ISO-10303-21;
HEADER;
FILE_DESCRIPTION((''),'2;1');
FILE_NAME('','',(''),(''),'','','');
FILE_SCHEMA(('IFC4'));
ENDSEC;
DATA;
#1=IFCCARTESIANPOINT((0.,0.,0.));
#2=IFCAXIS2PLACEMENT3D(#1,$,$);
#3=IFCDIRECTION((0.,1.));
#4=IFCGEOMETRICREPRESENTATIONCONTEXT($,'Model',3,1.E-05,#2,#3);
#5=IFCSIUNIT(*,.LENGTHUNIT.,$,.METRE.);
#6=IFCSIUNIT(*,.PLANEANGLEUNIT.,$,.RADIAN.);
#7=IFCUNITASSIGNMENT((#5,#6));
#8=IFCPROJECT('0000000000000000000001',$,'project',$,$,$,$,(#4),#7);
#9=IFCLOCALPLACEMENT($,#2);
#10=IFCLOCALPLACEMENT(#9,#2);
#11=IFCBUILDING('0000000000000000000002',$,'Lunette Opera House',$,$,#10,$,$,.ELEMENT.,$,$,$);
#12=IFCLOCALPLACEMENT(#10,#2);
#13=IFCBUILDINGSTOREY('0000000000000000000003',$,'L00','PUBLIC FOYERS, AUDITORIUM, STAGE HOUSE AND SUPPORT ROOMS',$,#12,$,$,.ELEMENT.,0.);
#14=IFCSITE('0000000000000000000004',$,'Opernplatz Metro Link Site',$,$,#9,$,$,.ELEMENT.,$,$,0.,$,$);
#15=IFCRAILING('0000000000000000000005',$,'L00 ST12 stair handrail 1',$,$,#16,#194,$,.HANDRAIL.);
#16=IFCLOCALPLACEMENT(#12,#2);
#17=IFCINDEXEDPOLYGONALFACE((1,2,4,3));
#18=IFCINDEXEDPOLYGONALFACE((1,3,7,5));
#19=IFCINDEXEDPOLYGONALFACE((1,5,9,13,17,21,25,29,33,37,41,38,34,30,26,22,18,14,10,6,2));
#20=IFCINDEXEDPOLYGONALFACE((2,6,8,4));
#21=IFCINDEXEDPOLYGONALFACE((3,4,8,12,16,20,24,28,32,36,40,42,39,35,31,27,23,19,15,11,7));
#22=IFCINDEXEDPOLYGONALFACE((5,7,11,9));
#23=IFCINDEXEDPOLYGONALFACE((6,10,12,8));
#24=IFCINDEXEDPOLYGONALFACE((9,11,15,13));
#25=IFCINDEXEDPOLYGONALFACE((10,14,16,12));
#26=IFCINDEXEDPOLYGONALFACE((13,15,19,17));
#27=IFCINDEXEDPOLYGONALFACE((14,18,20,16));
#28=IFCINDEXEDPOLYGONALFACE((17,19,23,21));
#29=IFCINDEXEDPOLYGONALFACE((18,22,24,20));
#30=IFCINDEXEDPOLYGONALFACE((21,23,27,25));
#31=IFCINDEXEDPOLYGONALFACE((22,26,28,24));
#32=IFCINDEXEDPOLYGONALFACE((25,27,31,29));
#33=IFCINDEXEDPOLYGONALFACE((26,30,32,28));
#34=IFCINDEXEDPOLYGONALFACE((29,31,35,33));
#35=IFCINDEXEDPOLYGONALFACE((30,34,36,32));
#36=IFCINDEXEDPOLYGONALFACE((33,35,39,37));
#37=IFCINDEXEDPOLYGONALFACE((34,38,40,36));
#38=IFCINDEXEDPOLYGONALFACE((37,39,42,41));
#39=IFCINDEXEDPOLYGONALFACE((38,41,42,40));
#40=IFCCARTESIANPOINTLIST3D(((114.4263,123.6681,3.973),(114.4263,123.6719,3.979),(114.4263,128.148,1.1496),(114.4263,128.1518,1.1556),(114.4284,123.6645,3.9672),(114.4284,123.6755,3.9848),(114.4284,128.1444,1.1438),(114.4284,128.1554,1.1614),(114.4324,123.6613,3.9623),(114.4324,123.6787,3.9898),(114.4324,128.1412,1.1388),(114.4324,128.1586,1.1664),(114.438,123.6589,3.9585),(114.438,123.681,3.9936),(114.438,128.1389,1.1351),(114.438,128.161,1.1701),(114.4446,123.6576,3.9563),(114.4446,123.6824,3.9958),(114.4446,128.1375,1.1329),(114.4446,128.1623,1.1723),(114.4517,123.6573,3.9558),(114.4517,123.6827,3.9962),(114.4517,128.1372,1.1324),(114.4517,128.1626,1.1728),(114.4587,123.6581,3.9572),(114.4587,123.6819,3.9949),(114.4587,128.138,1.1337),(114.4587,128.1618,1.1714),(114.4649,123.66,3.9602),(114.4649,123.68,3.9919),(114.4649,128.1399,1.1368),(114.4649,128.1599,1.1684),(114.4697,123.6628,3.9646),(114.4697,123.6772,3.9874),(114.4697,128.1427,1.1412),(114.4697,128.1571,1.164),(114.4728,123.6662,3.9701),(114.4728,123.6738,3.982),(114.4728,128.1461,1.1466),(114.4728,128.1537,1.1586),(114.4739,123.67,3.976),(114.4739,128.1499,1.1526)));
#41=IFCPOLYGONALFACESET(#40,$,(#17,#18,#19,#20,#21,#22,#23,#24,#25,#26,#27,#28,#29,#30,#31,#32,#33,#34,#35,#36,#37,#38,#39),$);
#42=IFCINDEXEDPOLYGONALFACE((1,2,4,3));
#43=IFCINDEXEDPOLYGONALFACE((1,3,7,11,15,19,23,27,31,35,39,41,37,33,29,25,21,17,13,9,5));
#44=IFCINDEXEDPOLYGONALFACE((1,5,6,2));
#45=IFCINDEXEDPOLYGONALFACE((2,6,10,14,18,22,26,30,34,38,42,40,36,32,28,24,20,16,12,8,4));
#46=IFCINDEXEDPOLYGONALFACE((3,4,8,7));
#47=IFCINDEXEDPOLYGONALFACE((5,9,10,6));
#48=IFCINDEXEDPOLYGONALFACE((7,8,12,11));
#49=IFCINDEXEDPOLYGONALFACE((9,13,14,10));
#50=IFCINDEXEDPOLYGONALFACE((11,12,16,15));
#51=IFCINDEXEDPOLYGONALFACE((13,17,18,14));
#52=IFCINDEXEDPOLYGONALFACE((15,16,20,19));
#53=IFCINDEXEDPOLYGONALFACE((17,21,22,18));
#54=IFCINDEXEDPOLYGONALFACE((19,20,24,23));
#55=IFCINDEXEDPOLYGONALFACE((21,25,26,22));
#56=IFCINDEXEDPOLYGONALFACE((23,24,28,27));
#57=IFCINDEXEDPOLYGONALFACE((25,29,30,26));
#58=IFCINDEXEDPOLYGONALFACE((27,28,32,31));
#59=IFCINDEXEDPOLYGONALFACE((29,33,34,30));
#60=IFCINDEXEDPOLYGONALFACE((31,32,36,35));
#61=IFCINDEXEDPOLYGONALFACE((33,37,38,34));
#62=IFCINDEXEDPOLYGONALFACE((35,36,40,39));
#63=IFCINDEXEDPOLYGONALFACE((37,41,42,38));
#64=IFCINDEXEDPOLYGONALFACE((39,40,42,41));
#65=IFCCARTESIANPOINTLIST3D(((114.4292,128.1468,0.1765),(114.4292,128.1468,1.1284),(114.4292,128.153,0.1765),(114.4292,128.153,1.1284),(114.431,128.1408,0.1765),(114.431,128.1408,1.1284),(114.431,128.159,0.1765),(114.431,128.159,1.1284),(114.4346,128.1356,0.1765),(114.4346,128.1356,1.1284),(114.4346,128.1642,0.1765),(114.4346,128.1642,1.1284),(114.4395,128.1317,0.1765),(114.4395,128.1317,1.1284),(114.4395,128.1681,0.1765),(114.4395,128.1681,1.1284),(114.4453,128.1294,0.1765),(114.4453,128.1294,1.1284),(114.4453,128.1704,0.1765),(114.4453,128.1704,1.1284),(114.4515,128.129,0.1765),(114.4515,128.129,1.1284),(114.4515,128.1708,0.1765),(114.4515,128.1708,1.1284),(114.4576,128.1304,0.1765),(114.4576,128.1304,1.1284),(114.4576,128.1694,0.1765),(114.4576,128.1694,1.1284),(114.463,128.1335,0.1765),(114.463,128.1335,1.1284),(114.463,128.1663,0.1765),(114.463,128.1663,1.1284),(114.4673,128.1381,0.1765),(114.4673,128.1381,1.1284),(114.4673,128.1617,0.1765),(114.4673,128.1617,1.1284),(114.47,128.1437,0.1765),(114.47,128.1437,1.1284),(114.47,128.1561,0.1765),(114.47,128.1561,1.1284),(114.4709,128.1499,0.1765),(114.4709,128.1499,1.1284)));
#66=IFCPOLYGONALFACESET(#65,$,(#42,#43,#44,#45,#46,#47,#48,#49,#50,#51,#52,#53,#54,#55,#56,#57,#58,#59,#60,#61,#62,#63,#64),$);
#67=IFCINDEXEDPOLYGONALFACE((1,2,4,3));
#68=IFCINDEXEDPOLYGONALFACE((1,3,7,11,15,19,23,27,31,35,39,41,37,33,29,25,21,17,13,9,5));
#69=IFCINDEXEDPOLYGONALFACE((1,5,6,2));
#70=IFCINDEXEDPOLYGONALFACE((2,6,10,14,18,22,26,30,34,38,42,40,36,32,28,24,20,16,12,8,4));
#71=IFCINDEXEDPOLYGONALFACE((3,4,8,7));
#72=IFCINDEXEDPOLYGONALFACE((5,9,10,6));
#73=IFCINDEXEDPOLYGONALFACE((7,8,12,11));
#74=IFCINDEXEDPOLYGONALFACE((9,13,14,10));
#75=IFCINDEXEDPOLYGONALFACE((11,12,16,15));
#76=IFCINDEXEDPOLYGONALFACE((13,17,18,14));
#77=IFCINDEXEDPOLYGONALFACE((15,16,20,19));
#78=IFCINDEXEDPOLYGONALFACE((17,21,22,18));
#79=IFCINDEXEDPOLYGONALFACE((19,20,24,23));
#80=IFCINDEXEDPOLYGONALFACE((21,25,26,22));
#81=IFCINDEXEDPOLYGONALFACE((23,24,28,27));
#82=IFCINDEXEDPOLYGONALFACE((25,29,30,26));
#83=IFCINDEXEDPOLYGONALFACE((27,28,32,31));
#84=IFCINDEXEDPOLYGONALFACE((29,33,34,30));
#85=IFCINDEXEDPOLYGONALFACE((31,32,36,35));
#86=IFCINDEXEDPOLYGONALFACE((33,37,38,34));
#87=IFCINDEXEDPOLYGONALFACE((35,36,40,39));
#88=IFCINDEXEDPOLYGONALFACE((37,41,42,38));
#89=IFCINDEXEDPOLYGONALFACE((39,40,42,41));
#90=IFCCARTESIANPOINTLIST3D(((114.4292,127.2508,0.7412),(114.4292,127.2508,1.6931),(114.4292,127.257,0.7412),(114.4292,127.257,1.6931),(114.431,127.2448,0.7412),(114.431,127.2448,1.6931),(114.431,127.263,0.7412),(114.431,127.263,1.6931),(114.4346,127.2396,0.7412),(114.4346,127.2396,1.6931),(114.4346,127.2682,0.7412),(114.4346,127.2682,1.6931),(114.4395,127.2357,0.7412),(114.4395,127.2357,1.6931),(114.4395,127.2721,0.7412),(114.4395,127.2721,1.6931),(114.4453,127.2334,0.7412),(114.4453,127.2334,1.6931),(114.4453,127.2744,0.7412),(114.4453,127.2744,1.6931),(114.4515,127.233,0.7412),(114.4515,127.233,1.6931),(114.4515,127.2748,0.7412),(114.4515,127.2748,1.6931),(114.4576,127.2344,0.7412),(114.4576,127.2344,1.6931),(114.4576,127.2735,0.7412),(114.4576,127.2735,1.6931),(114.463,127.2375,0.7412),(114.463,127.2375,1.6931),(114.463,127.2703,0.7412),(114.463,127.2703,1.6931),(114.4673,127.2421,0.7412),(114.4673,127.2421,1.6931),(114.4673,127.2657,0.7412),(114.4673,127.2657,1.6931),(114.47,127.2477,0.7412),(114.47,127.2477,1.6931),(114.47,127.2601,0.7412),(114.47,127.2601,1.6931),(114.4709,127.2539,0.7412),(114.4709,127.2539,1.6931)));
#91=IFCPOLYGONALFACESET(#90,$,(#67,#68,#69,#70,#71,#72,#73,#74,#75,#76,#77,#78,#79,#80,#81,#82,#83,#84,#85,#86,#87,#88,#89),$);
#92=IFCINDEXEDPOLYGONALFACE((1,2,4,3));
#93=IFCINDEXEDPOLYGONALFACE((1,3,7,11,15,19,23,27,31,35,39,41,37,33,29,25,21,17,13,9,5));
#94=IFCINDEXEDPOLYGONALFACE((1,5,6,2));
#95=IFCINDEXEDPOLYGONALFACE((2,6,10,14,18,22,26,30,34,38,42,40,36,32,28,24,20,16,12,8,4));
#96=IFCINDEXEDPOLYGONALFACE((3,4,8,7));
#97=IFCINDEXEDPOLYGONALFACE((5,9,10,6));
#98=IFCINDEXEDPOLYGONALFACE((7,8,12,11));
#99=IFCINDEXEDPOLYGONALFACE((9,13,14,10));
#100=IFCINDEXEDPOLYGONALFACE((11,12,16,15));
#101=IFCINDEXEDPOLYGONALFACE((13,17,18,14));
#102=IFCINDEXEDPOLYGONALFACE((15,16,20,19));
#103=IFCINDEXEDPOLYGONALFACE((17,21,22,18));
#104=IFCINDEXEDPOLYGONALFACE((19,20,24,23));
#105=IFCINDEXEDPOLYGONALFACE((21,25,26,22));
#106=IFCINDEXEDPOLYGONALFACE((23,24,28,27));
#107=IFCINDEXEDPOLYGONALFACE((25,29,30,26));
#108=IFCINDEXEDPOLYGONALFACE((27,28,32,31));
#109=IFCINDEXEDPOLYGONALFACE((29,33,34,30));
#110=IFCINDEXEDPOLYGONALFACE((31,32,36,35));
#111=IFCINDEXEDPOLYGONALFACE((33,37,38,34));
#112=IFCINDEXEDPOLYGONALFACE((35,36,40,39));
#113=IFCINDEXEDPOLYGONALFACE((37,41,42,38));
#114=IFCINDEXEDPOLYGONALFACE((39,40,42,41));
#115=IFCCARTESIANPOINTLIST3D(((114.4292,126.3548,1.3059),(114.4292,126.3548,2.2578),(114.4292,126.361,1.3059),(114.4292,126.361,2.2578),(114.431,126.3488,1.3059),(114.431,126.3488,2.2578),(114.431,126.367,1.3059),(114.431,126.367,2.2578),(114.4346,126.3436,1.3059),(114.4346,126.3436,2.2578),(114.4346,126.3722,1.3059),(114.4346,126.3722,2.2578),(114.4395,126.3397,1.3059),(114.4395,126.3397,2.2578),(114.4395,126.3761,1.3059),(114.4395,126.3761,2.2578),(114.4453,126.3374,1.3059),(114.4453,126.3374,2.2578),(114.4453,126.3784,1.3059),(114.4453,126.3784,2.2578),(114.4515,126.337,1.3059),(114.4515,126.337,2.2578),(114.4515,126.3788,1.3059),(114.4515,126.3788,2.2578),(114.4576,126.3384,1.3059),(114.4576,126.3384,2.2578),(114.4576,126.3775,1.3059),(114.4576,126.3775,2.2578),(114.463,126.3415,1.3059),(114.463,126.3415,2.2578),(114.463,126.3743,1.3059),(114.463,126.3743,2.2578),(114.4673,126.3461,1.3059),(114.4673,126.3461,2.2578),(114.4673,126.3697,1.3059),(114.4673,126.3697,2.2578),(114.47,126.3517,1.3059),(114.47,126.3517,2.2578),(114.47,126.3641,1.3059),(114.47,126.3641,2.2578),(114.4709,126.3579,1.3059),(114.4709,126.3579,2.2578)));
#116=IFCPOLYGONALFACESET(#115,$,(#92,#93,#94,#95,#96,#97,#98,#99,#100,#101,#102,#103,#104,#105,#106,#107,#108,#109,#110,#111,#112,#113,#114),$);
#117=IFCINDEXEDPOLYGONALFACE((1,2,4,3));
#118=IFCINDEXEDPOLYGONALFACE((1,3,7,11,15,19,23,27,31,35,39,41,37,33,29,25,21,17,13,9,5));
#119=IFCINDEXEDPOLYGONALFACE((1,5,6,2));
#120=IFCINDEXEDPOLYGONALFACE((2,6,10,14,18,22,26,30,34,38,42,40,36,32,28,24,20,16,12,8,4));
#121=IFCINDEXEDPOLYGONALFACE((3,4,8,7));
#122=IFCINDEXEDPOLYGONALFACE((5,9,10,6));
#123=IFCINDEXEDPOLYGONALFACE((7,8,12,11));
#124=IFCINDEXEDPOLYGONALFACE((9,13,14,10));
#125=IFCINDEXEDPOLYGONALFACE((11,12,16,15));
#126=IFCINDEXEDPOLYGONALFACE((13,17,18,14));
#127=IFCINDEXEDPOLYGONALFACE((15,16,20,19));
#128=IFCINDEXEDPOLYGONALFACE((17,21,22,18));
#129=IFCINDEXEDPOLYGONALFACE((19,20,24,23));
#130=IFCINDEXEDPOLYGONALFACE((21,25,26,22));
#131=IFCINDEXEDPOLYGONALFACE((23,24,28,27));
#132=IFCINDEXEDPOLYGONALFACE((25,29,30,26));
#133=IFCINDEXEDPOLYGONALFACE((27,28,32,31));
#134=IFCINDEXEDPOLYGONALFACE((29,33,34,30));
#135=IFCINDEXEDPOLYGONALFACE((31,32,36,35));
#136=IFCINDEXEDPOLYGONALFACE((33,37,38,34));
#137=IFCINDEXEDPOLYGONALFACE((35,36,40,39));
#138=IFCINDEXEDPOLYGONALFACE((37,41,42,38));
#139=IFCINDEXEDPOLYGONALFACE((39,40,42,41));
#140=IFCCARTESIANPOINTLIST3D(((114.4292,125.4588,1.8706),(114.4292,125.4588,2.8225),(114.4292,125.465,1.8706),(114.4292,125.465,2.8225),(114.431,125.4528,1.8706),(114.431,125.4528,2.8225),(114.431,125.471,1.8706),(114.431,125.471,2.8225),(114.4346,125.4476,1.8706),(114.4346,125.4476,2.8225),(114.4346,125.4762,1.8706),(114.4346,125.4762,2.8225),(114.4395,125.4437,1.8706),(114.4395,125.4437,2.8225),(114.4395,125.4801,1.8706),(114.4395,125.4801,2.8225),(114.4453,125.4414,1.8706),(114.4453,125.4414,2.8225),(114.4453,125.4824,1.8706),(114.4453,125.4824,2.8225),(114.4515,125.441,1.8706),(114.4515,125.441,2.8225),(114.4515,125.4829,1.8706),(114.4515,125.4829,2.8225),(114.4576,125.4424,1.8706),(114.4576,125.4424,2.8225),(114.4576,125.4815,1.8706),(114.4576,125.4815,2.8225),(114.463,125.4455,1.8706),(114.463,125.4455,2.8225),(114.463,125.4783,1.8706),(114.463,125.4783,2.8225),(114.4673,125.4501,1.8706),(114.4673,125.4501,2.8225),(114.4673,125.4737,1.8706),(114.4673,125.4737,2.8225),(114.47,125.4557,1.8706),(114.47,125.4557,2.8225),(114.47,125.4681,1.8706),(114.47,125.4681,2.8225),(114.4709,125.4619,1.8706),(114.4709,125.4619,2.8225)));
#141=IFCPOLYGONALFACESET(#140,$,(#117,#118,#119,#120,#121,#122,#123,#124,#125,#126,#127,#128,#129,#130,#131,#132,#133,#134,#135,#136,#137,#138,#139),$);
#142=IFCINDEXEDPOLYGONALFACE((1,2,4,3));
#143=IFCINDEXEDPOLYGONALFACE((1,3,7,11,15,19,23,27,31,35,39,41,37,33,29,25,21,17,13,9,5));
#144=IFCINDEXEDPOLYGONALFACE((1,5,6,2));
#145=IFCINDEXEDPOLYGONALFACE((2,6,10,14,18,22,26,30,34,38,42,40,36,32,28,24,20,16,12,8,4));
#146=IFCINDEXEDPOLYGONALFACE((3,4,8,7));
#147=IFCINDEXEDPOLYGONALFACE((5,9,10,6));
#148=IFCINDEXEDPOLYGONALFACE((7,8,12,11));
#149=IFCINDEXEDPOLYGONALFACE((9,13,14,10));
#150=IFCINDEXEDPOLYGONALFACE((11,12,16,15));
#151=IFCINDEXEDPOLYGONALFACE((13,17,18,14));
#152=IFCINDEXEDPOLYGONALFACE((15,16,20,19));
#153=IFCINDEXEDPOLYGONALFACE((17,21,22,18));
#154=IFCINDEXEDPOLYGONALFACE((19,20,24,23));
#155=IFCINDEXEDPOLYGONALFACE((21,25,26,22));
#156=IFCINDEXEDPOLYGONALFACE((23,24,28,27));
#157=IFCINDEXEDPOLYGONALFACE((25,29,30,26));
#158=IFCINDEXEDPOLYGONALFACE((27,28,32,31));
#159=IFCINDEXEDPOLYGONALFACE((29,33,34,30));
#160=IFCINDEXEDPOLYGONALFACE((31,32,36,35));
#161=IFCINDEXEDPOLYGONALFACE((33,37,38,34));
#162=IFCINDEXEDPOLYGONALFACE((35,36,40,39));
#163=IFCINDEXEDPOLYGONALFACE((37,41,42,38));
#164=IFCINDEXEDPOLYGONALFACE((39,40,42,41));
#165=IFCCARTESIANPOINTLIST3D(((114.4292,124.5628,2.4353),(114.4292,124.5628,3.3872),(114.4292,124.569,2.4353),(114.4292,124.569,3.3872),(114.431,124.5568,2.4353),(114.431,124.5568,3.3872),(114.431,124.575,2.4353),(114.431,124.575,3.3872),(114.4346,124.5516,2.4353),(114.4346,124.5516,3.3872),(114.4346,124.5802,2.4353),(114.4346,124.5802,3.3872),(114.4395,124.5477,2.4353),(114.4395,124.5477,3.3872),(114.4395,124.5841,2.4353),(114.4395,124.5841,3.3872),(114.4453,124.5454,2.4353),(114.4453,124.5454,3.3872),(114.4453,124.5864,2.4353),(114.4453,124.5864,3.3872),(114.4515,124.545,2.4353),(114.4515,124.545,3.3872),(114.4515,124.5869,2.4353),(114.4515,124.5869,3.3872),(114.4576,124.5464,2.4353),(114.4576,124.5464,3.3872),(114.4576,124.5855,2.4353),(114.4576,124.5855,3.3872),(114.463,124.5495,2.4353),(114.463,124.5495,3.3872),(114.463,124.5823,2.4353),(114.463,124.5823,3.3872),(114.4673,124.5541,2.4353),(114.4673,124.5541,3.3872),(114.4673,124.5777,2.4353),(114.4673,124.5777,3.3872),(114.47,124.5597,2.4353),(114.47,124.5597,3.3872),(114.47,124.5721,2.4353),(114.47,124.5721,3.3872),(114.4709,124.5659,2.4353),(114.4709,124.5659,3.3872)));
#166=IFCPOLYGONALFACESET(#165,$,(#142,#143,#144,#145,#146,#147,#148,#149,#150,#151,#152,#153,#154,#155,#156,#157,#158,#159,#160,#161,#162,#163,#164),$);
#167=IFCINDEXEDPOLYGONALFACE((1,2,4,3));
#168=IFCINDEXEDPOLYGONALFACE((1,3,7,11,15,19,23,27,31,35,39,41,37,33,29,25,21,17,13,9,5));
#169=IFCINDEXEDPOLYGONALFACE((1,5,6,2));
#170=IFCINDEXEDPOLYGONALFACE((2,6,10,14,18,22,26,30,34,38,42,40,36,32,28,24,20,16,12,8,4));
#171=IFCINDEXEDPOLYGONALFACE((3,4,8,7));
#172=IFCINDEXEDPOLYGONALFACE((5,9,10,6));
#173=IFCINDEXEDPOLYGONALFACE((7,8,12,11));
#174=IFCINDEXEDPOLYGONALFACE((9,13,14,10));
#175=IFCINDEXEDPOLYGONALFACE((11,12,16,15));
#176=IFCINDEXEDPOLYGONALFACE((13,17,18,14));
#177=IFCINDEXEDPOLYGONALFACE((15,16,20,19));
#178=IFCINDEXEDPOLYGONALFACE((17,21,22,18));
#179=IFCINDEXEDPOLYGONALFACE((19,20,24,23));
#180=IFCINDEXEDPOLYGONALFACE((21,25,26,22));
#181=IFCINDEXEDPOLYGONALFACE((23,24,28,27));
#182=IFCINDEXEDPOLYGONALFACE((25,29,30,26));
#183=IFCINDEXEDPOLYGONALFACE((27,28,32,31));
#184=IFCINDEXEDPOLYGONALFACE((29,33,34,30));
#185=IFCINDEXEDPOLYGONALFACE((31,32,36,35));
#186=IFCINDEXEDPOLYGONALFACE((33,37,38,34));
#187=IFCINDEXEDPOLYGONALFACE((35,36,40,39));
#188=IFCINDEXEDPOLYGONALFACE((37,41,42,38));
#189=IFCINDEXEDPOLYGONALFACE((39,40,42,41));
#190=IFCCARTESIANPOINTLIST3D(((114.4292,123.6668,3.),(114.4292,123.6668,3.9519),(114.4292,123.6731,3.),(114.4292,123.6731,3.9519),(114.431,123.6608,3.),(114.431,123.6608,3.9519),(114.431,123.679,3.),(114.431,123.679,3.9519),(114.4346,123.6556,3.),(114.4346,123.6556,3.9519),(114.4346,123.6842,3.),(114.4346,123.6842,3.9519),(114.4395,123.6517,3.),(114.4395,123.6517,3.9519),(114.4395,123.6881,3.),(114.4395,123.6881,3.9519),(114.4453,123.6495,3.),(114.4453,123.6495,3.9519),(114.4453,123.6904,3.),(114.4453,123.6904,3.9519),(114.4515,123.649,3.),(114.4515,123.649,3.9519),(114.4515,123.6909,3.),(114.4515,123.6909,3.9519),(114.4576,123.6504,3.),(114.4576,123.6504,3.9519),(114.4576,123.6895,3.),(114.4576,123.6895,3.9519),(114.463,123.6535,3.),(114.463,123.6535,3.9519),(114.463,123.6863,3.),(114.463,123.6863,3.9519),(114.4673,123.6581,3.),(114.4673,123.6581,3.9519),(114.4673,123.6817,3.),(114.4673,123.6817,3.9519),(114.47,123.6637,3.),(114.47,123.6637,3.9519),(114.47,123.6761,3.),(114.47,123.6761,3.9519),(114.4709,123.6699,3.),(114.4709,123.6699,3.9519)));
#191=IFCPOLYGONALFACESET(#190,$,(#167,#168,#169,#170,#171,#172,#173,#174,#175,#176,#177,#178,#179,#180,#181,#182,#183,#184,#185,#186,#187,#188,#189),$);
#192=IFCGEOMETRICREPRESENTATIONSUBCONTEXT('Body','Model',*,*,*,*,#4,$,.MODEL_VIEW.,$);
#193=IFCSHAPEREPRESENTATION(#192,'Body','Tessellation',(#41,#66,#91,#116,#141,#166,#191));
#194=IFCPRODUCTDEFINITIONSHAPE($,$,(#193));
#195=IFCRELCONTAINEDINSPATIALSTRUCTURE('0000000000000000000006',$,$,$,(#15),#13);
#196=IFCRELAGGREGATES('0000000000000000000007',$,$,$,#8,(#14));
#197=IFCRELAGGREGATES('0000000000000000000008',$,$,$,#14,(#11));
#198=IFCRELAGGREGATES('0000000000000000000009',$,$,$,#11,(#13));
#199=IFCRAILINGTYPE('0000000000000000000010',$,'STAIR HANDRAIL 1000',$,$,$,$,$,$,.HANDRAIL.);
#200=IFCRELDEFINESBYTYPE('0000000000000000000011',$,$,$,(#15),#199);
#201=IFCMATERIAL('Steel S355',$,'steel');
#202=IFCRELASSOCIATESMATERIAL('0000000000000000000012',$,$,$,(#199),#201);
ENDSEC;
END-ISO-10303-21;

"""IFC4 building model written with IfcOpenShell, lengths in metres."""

from ifc_helpers import new_model, si_unit, direction, frame, origin, origin_2d, place, context, subcontext, project, spatial, circle, extrude, material, type_object, element, save


model = new_model("IFC4")

# Units and contexts
model_context = context("Model", 3, precision=1e-05, world=origin(), true_north=direction((0.0, 1.0)))
body_context = subcontext(model_context, "Body", "Model", "MODEL_VIEW")
ifc_project = project(units=[si_unit("LENGTHUNIT", "METRE"), si_unit("PLANEANGLEUNIT", "RADIAN")], contexts=[model_context])

# Site, building, storey
site_placement = place(None, origin())
site = spatial("IfcSite", under=ifc_project, at=site_placement, Name="Opernplatz Metro Link Site", CompositionType="ELEMENT", RefElevation=0.0)
building_placement = place(site_placement, origin())
building = spatial("IfcBuilding", under=site, at=building_placement, Name="Lunette Opera House", CompositionType="ELEMENT")
storey_placement = place(building_placement, origin())
storey = spatial("IfcBuildingStorey", under=building, at=storey_placement, Name="L00", Description="PUBLIC FOYERS, AUDITORIUM, STAGE HOUSE AND SUPPORT ROOMS", CompositionType="ELEMENT", Elevation=0.0)

# Railing
ifc_material_1 = material(Name="Steel S355", Category="steel")
railing_type_1 = type_object("IfcRailingType", Name="STAIR HANDRAIL 1000", PredefinedType="HANDRAIL", material=ifc_material_1)
railing_1_placement = place(storey_placement, frame((114.45, 128.1499, 0.1765)))
element("IfcRailing", 1, at=railing_1_placement, inside=storey, type_object=railing_type_1, Name="L00 ST12 stair handrail 1", PredefinedType="HANDRAIL", context=body_context, shape_type="SweptSolid", body=[
    extrude(circle(Radius=0.0239, at=origin_2d()), frame((0.0, 0.0, 0.9761), z_axis=(0.0, -0.845998, 0.533186), x_axis=(1.0, 0.0, 0.0)), (0.0, 0.0, 1.0), 5.2954),
    extrude(circle(Radius=0.021, at=origin_2d()), origin(), (0.0, 0.0, 1.0), 0.9519),
    extrude(circle(Radius=0.021, at=origin_2d()), frame((0.0, -0.896, 0.5647)), (0.0, 0.0, 1.0), 0.9519),
    extrude(circle(Radius=0.021, at=origin_2d()), frame((0.0, -1.792, 1.1294)), (0.0, 0.0, 1.0), 0.9519),
    extrude(circle(Radius=0.021, at=origin_2d()), frame((0.0, -2.688, 1.6941)), (0.0, 0.0, 1.0), 0.9519),
    extrude(circle(Radius=0.021, at=origin_2d()), frame((0.0, -3.584, 2.2588)), (0.0, 0.0, 1.0), 0.9519),
    extrude(circle(Radius=0.021, at=origin_2d()), frame((0.0, -4.48, 2.8235)), (0.0, 0.0, 1.0), 0.9519),
])

save(model, "model.ifc")
